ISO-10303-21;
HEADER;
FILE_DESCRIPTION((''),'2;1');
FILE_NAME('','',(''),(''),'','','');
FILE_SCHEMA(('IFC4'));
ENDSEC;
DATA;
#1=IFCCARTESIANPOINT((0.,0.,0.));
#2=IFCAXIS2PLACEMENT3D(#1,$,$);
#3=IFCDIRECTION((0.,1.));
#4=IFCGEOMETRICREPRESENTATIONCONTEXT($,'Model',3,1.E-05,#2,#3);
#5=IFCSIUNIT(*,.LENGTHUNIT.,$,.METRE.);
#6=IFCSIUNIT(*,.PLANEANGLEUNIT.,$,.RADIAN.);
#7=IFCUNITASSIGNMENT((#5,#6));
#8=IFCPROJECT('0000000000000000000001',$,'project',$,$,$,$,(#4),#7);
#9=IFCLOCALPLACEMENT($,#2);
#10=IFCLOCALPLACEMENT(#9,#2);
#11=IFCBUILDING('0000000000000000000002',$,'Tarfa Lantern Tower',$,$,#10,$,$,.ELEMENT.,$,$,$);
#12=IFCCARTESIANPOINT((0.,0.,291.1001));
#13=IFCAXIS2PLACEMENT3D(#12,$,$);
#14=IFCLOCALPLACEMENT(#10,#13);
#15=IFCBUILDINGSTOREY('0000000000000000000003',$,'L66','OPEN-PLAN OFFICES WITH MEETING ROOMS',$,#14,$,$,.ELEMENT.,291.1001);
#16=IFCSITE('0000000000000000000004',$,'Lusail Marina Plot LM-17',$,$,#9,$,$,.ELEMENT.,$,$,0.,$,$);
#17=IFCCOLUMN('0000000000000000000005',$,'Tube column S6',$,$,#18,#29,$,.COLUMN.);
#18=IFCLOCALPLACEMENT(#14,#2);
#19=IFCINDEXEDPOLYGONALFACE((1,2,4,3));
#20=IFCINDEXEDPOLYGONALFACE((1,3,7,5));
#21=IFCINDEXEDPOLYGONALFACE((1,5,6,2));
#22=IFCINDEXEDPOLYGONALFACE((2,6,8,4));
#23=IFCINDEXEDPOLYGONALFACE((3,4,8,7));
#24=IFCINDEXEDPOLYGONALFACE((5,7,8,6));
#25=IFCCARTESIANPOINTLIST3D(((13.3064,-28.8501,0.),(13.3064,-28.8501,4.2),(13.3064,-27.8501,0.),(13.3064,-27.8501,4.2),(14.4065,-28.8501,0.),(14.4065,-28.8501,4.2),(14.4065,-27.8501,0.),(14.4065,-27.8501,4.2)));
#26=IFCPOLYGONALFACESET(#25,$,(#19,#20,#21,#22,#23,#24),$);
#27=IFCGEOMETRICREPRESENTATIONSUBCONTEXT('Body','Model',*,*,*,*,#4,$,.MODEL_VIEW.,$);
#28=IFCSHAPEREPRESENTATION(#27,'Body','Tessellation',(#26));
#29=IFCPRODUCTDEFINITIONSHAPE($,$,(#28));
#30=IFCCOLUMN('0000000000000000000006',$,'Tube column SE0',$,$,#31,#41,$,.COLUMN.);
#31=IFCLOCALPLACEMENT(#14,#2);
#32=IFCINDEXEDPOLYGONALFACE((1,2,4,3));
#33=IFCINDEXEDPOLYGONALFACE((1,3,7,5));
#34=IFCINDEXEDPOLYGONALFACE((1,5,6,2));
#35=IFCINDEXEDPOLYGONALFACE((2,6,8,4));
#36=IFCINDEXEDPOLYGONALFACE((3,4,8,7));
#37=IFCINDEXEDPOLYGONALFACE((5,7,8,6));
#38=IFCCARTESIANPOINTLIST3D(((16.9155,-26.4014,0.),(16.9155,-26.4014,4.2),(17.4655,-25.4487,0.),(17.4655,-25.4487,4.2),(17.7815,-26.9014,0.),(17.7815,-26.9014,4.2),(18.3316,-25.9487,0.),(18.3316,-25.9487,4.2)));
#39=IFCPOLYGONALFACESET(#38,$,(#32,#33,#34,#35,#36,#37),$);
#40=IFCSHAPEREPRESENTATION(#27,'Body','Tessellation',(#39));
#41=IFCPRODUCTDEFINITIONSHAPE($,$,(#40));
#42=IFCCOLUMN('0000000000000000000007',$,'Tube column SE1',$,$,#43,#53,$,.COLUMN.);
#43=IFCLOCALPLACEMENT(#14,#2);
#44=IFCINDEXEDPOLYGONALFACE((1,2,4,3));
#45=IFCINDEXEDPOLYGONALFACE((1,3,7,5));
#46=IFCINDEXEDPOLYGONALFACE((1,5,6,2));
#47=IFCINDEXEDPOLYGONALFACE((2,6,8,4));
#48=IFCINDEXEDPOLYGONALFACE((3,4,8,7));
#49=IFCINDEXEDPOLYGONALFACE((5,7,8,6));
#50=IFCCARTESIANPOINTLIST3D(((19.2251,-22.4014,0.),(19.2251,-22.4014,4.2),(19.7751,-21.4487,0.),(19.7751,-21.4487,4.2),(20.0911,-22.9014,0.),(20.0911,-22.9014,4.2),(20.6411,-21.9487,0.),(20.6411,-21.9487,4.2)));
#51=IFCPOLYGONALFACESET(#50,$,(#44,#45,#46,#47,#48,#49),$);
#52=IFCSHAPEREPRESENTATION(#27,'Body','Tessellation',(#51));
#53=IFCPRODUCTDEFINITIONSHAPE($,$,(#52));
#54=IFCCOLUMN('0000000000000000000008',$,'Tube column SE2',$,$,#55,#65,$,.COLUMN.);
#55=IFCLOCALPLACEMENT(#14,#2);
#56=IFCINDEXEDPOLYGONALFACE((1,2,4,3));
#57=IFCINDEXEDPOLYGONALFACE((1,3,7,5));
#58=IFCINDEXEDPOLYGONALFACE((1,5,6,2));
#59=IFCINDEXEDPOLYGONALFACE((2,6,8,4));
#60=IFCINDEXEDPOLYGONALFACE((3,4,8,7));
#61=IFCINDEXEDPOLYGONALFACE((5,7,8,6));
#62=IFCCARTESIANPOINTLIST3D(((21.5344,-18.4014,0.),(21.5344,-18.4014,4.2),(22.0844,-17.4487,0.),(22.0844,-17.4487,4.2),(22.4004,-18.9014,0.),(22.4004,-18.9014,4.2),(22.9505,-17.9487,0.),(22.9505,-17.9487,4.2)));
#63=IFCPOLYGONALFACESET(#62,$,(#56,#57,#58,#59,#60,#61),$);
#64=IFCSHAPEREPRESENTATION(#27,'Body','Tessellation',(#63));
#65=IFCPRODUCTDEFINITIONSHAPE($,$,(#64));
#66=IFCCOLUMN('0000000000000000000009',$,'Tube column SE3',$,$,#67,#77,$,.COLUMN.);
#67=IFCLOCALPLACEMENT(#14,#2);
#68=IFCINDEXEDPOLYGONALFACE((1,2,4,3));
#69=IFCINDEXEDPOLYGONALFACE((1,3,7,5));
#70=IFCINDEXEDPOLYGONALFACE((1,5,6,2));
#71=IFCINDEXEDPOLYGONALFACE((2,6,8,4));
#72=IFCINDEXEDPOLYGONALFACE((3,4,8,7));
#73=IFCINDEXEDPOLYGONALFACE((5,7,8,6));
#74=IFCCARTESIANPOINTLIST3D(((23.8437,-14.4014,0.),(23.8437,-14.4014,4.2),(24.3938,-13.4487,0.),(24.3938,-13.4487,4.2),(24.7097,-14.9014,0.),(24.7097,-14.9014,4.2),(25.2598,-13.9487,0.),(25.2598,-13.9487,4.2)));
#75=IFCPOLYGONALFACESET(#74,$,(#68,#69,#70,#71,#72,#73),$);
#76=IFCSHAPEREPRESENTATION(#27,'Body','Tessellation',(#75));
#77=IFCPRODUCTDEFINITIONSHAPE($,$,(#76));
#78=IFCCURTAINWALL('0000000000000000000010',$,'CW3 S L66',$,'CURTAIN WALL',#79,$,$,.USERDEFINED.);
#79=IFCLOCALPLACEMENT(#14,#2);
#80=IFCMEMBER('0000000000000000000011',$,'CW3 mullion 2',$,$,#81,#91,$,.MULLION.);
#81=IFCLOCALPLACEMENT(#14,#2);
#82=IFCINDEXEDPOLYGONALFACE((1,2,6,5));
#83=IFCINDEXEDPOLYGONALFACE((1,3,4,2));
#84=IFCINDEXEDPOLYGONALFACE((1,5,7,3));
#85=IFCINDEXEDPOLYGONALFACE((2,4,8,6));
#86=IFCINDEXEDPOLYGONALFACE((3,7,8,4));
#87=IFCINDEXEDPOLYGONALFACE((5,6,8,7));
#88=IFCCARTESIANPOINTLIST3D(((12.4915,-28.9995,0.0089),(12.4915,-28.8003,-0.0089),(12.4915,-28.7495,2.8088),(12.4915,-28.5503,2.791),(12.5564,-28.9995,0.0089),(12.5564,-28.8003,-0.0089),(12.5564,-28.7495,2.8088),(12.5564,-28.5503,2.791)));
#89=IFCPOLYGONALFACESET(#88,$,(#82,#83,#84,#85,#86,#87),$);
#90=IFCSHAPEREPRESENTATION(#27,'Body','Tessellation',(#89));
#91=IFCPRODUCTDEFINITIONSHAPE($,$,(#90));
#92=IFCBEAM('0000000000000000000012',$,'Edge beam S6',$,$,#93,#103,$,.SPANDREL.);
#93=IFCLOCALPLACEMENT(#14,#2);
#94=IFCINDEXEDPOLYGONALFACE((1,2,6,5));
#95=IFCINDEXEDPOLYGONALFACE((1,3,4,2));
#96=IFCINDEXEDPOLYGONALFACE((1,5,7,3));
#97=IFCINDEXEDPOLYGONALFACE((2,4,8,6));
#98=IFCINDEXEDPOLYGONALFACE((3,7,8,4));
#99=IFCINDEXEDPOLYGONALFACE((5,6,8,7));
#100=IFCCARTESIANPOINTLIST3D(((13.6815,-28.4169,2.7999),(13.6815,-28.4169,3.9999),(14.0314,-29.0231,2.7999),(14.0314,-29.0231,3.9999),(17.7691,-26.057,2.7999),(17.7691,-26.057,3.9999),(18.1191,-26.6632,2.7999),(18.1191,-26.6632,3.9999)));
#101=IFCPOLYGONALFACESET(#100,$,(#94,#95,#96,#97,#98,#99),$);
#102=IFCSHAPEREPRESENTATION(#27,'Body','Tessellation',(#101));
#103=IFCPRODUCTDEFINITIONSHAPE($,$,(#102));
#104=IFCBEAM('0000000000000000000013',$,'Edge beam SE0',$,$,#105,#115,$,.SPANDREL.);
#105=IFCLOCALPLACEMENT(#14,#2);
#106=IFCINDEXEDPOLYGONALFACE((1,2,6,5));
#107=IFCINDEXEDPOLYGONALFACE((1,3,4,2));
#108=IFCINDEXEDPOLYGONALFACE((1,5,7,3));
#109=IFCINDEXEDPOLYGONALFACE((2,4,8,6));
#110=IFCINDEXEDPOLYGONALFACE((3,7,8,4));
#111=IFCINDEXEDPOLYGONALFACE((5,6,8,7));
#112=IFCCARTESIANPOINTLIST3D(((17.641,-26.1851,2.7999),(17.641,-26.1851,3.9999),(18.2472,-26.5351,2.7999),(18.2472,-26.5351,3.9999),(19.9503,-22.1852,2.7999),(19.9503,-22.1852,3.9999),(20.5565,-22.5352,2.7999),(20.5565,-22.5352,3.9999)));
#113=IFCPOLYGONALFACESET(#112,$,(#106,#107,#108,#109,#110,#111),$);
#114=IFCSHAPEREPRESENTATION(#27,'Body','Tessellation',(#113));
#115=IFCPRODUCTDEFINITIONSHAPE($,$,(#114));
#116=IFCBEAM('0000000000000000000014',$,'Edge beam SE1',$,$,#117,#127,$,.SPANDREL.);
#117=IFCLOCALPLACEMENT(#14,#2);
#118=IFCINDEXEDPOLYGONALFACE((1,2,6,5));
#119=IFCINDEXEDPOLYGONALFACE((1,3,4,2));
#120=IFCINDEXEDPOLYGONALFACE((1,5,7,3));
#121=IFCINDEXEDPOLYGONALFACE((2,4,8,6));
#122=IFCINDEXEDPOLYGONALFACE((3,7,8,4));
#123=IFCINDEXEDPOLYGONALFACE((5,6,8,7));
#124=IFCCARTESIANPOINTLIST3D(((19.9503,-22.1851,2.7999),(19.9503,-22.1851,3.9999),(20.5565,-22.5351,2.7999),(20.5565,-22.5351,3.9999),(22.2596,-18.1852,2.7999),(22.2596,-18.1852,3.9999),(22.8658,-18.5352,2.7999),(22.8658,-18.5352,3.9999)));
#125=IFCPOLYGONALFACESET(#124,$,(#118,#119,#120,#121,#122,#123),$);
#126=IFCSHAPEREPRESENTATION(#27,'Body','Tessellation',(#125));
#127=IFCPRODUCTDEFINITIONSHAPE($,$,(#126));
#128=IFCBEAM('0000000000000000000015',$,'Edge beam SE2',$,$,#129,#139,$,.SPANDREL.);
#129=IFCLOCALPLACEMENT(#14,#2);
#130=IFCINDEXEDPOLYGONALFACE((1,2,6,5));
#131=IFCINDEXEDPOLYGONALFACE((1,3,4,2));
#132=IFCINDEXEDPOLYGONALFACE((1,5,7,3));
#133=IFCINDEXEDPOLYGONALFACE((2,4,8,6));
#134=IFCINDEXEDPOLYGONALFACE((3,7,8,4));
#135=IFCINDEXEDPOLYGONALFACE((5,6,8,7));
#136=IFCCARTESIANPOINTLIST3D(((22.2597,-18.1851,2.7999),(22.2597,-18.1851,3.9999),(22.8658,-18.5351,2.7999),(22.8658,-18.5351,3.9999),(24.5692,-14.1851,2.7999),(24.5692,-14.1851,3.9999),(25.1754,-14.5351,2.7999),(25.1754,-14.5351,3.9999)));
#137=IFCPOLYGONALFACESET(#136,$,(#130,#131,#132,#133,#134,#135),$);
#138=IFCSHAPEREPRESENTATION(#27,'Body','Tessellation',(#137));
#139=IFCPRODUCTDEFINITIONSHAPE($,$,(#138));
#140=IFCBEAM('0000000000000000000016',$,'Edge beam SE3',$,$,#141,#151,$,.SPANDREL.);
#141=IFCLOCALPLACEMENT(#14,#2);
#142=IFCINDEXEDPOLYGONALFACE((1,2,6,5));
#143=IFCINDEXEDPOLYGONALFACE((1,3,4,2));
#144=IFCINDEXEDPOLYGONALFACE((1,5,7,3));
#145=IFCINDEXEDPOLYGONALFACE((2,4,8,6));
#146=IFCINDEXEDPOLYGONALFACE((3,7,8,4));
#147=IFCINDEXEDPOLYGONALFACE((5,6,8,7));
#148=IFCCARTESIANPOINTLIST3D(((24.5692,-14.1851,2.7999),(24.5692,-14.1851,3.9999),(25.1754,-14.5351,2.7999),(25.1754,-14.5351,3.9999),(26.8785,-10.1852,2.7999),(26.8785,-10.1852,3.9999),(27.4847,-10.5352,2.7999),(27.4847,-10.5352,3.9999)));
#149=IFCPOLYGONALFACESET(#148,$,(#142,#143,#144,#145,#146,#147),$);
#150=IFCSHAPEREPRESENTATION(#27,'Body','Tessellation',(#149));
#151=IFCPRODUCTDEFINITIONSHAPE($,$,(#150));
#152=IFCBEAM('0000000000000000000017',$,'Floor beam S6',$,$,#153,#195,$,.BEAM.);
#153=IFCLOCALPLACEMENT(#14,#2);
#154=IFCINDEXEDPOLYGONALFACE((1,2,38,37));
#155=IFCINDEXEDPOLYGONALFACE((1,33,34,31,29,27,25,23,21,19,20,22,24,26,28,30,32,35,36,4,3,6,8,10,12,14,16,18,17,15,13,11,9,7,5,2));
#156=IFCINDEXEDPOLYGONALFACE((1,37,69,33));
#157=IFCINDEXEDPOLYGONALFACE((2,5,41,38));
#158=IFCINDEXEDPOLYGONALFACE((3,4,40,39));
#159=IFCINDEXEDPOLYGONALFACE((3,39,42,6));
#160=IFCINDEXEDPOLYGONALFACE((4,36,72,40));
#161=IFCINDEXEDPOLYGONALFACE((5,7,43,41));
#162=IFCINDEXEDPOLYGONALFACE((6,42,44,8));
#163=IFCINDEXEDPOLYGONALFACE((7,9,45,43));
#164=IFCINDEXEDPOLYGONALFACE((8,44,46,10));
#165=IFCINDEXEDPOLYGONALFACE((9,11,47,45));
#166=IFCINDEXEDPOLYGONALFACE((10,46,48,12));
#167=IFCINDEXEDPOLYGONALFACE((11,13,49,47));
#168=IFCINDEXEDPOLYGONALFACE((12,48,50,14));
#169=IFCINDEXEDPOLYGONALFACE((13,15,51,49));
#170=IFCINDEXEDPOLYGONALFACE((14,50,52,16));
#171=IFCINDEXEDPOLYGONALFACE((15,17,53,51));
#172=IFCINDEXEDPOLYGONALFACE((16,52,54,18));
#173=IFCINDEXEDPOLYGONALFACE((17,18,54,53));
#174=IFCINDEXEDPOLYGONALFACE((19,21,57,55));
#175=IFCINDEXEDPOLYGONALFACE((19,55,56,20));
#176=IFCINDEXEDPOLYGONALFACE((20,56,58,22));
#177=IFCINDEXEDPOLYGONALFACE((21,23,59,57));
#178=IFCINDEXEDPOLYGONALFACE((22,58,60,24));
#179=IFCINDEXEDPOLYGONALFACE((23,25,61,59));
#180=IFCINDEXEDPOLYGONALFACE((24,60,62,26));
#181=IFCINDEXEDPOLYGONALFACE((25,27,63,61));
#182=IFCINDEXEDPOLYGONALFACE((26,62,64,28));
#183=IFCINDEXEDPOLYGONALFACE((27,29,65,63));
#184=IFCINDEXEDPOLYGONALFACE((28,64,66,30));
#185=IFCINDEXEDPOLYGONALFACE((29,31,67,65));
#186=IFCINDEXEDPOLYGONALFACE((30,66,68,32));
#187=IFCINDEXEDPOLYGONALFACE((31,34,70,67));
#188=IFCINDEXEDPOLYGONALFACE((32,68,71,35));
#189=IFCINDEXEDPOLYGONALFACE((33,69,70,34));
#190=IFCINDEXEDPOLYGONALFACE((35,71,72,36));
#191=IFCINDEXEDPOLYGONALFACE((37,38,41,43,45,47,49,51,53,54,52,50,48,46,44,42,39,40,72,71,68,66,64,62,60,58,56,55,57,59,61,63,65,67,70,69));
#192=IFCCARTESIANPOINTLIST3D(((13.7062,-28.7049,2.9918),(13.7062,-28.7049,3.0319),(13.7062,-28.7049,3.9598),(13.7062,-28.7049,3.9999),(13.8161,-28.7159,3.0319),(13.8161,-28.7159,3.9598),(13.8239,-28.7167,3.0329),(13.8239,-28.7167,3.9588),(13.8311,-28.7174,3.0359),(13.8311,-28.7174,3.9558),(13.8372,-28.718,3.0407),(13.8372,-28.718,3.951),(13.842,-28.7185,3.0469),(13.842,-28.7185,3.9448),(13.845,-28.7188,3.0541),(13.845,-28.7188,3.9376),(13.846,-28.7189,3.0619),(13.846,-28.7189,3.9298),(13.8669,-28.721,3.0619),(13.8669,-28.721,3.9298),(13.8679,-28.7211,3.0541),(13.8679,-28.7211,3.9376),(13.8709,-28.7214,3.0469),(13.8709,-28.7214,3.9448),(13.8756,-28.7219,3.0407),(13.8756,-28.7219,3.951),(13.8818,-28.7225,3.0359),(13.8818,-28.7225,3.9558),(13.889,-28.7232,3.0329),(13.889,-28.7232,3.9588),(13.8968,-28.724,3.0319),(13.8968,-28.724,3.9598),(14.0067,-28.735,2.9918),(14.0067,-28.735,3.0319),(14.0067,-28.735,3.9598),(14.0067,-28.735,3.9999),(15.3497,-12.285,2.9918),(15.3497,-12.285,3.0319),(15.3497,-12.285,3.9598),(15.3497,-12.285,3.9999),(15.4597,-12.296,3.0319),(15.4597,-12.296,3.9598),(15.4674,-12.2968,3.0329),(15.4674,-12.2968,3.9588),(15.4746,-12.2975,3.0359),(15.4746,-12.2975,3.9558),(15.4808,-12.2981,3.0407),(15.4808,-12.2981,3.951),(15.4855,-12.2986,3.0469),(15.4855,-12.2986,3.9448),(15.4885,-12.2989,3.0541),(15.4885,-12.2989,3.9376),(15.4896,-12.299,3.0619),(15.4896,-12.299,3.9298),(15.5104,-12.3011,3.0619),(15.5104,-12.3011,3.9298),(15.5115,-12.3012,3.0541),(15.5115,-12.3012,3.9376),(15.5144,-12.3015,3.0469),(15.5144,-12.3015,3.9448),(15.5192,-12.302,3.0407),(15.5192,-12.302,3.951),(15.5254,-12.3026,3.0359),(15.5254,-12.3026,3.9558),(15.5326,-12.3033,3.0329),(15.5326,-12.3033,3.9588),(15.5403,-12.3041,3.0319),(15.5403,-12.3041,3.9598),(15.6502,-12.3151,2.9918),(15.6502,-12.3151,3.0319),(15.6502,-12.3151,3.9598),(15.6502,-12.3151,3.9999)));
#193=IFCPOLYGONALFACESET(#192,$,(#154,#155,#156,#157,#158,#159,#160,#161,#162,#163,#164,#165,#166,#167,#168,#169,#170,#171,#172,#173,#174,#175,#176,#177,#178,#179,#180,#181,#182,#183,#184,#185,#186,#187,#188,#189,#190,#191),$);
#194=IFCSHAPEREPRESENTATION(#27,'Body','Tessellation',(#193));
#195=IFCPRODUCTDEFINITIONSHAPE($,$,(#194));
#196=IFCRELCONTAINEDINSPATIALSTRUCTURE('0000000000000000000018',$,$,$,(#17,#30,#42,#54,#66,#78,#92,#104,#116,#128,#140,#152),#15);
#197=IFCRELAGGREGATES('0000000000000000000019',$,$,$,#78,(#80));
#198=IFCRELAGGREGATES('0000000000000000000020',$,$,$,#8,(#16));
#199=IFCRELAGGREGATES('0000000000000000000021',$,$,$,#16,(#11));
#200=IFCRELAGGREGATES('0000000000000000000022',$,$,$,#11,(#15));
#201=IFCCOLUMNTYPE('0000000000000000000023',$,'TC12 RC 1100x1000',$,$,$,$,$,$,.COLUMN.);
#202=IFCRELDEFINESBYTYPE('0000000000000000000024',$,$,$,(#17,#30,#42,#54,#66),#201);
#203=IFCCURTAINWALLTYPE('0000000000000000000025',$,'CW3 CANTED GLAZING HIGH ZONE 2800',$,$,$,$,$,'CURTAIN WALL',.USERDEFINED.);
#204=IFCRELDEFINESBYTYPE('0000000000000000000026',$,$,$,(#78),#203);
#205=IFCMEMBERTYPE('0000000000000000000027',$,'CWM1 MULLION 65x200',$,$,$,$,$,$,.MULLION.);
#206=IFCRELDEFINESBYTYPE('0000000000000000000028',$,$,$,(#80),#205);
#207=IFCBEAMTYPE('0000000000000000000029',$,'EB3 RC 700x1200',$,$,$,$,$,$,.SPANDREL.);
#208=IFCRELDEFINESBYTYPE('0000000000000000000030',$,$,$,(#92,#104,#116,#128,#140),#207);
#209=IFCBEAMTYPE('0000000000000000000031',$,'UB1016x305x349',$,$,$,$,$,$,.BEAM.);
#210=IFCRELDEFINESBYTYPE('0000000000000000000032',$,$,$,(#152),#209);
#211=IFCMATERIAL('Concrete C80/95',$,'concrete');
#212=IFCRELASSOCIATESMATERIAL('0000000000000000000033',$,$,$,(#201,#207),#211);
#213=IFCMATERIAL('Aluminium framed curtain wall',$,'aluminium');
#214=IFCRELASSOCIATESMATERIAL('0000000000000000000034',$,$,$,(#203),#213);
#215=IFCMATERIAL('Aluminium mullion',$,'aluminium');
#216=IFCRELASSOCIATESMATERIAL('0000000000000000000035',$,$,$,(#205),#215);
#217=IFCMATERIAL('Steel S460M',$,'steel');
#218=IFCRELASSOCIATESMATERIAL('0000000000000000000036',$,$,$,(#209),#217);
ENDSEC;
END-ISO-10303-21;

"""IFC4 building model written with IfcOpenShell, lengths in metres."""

from ifc_helpers import new_model, si_unit, direction, frame, origin, origin_2d, place, context, subcontext, project, spatial, rectangle, i_section, extrude, material, material_profile, profile_set, type_object, element, aggregate, save


model = new_model("IFC4")

# Units and contexts
model_context = context("Model", 3, precision=1e-05, world=origin(), true_north=direction((0.0, 1.0)))
body_context = subcontext(model_context, "Body", "Model", "MODEL_VIEW")
ifc_project = project(units=[si_unit("LENGTHUNIT", "METRE"), si_unit("PLANEANGLEUNIT", "RADIAN")], contexts=[model_context])

# Site, building, storey
site_placement = place(None, origin())
site = spatial("IfcSite", under=ifc_project, at=site_placement, Name="Lusail Marina Plot LM-17", CompositionType="ELEMENT", RefElevation=0.0)
building_placement = place(site_placement, origin())
building = spatial("IfcBuilding", under=site, at=building_placement, Name="Tarfa Lantern Tower", CompositionType="ELEMENT")
storey_placement = place(building_placement, frame((0.0, 0.0, 291.1001)))
storey = spatial("IfcBuildingStorey", under=building, at=storey_placement, Name="L66", Description="OPEN-PLAN OFFICES WITH MEETING ROOMS", CompositionType="ELEMENT", Elevation=291.1001)

# Columns
ifc_material_1 = material(Name="Concrete C80/95", Category="concrete")
ifc_material_profile_1 = material_profile(ifc_material_1, rectangle(XDim=1.1001, YDim=1.0, at=origin_2d()), Name="RC 1100x1000")
ifc_profile_set_1 = profile_set([ifc_material_profile_1], Name="Concrete C80/95")
column_type = type_object("IfcColumnType", Name="TC12 RC 1100x1000", PredefinedType="COLUMN", material=ifc_profile_set_1)
for number, where, z_axis, x_axis, name in (
    (1, (13.8564, -28.3501, 0.0), (0.0, 0.0, 1.0), (1.0, 0.0, 0.0), "Tube column S6"),
    (2, (17.6235, -26.175, 0.0), (0.0, 0.0, 1.0), (0.5, 0.866025, 0.0), "Tube column SE0"),
    (3, (19.9331, -22.175, 0.0), (0.0, 0.0, 1.0), (0.5, 0.866025, 0.0), "Tube column SE1"),
    (4, (22.2424, -18.175, 0.0), (0.0, 0.0, 1.0), (0.5, 0.866025, 0.0), "Tube column SE2"),
    (5, (24.5518, -14.175, 0.0), (0.0, 0.0, 1.0), (0.5, 0.866025, 0.0), "Tube column SE3"),
):
    element("IfcColumn", number, at=place(storey_placement, frame(where, z_axis=z_axis, x_axis=x_axis)), inside=storey, type_object=column_type, Name=name, PredefinedType="COLUMN", context=body_context, shape_type="SweptSolid", body=[
        extrude(rectangle(XDim=1.1001, YDim=1.0, at=origin_2d()), origin(), (0.0, 0.0, 1.0), 4.2),
    ])

# Curtain wall, member
ifc_material_2 = material(Name="Aluminium framed curtain wall", Category="aluminium")
curtain_wall_type = type_object("IfcCurtainWallType", Name="CW3 CANTED GLAZING HIGH ZONE 2800", ElementType="CURTAIN WALL", PredefinedType="USERDEFINED", material=ifc_material_2)
curtain_wall_placement = place(storey_placement, origin())
curtain_wall = element("IfcCurtainWall", 6, at=curtain_wall_placement, inside=storey, type_object=curtain_wall_type, Name="CW3 S L66", ObjectType="CURTAIN WALL", PredefinedType="USERDEFINED")
ifc_material_3 = material(Name="Aluminium mullion", Category="aluminium")
ifc_material_profile_2 = material_profile(ifc_material_3, rectangle(XDim=0.0649, YDim=0.2, at=origin_2d()), Name="AL MULLION 65x200")
ifc_profile_set_2 = profile_set([ifc_material_profile_2], Name="Aluminium mullion")
member_type = type_object("IfcMemberType", Name="CWM1 MULLION 65x200", PredefinedType="MULLION", material=ifc_profile_set_2)
member_placement = place(storey_placement, frame((12.5239, -28.8999, 0.0), z_axis=(0.0, 0.088938, 0.996037), x_axis=(-1.0, 0.0, 0.0)))
member = element("IfcMember", 7, at=member_placement, type_object=member_type, Name="CW3 mullion 2", PredefinedType="MULLION", context=body_context, shape_type="SweptSolid", body=[
    extrude(rectangle(XDim=0.0649, YDim=0.2, at=origin_2d()), origin(), (0.0, 0.0, 1.0), 2.811),
])
aggregate(curtain_wall, [member])

# Beams
ifc_material_profile_3 = material_profile(ifc_material_1, rectangle(XDim=0.7, YDim=1.2, at=origin_2d()), Name="RC 700x1200")
ifc_profile_set_3 = profile_set([ifc_material_profile_3], Name="Concrete C80/95")
beam_type_1 = type_object("IfcBeamType", Name="EB3 RC 700x1200", PredefinedType="SPANDREL", material=ifc_profile_set_3)
beam_1_placement = place(storey_placement, frame((13.8564, -28.72, 3.3999), z_axis=(0.866038, 0.499978, 0.0), x_axis=(-0.499978, 0.866038, 0.0)))
element("IfcBeam", 8, at=beam_1_placement, inside=storey, type_object=beam_type_1, Name="Edge beam S6", PredefinedType="SPANDREL", context=body_context, shape_type="SweptSolid", body=[
    extrude(rectangle(XDim=0.7, YDim=1.2, at=origin_2d()), origin(), (0.0, 0.0, 1.0), 4.72),
])
for number, where, z_axis, x_axis, name in (
    (9, (17.9441, -26.3601, 3.3999), (0.499988, 0.866032, 0.0), (-0.866032, 0.499988, 0.0), "Edge beam SE0"),
    (10, (20.2534, -22.3601, 3.3999), (0.499988, 0.866032, 0.0), (-0.866032, 0.499988, 0.0), "Edge beam SE1"),
):
    element("IfcBeam", number, at=place(storey_placement, frame(where, z_axis=z_axis, x_axis=x_axis)), inside=storey, type_object=beam_type_1, Name=name, PredefinedType="SPANDREL", context=body_context, shape_type="SweptSolid", body=[
        extrude(rectangle(XDim=0.7, YDim=1.2, at=origin_2d()), origin(), (0.0, 0.0, 1.0), 4.6187),
    ])
beam_2_placement = place(storey_placement, frame((22.5627, -18.3601, 3.3999), z_axis=(0.500027, 0.86601, 0.0), x_axis=(-0.86601, 0.500027, 0.0)))
element("IfcBeam", 11, at=beam_2_placement, inside=storey, type_object=beam_type_1, Name="Edge beam SE2", PredefinedType="SPANDREL", context=body_context, shape_type="SweptSolid", body=[
    extrude(rectangle(XDim=0.7, YDim=1.2, at=origin_2d()), origin(), (0.0, 0.0, 1.0), 4.6189),
])
beam_3_placement = place(storey_placement, frame((24.8723, -14.3601, 3.3999), z_axis=(0.499988, 0.866032, 0.0), x_axis=(-0.866032, 0.499988, 0.0)))
element("IfcBeam", 12, at=beam_3_placement, inside=storey, type_object=beam_type_1, Name="Edge beam SE3", PredefinedType="SPANDREL", context=body_context, shape_type="SweptSolid", body=[
    extrude(rectangle(XDim=0.7, YDim=1.2, at=origin_2d()), origin(), (0.0, 0.0, 1.0), 4.6187),
])
ifc_material_4 = material(Name="Steel S460M", Category="steel")
ifc_material_profile_4 = material_profile(ifc_material_4, i_section(OverallWidth=0.302, OverallDepth=1.0081, WebThickness=0.021, FlangeThickness=0.04, FilletRadius=0.03, at=origin_2d()), Name="UB1016x305x349")
ifc_profile_set_4 = profile_set([ifc_material_profile_4], Name="Steel S460M")
beam_type_2 = type_object("IfcBeamType", Name="UB1016x305x349", PredefinedType="BEAM", material=ifc_profile_set_4)
beam_4_placement = place(storey_placement, frame((13.8564, -28.72, 3.4958), z_axis=(0.099597, 0.995028, 0.0), x_axis=(-0.995028, 0.099597, 0.0)))
element("IfcBeam", 13, at=beam_4_placement, inside=storey, type_object=beam_type_2, Name="Floor beam S6", PredefinedType="BEAM", context=body_context, shape_type="SweptSolid", body=[
    extrude(i_section(OverallWidth=0.302, OverallDepth=1.0081, WebThickness=0.021, FlangeThickness=0.04, FilletRadius=0.03, at=origin_2d()), origin(), (0.0, 0.0, 1.0), 16.502),
])

save(model, "model.ifc")
